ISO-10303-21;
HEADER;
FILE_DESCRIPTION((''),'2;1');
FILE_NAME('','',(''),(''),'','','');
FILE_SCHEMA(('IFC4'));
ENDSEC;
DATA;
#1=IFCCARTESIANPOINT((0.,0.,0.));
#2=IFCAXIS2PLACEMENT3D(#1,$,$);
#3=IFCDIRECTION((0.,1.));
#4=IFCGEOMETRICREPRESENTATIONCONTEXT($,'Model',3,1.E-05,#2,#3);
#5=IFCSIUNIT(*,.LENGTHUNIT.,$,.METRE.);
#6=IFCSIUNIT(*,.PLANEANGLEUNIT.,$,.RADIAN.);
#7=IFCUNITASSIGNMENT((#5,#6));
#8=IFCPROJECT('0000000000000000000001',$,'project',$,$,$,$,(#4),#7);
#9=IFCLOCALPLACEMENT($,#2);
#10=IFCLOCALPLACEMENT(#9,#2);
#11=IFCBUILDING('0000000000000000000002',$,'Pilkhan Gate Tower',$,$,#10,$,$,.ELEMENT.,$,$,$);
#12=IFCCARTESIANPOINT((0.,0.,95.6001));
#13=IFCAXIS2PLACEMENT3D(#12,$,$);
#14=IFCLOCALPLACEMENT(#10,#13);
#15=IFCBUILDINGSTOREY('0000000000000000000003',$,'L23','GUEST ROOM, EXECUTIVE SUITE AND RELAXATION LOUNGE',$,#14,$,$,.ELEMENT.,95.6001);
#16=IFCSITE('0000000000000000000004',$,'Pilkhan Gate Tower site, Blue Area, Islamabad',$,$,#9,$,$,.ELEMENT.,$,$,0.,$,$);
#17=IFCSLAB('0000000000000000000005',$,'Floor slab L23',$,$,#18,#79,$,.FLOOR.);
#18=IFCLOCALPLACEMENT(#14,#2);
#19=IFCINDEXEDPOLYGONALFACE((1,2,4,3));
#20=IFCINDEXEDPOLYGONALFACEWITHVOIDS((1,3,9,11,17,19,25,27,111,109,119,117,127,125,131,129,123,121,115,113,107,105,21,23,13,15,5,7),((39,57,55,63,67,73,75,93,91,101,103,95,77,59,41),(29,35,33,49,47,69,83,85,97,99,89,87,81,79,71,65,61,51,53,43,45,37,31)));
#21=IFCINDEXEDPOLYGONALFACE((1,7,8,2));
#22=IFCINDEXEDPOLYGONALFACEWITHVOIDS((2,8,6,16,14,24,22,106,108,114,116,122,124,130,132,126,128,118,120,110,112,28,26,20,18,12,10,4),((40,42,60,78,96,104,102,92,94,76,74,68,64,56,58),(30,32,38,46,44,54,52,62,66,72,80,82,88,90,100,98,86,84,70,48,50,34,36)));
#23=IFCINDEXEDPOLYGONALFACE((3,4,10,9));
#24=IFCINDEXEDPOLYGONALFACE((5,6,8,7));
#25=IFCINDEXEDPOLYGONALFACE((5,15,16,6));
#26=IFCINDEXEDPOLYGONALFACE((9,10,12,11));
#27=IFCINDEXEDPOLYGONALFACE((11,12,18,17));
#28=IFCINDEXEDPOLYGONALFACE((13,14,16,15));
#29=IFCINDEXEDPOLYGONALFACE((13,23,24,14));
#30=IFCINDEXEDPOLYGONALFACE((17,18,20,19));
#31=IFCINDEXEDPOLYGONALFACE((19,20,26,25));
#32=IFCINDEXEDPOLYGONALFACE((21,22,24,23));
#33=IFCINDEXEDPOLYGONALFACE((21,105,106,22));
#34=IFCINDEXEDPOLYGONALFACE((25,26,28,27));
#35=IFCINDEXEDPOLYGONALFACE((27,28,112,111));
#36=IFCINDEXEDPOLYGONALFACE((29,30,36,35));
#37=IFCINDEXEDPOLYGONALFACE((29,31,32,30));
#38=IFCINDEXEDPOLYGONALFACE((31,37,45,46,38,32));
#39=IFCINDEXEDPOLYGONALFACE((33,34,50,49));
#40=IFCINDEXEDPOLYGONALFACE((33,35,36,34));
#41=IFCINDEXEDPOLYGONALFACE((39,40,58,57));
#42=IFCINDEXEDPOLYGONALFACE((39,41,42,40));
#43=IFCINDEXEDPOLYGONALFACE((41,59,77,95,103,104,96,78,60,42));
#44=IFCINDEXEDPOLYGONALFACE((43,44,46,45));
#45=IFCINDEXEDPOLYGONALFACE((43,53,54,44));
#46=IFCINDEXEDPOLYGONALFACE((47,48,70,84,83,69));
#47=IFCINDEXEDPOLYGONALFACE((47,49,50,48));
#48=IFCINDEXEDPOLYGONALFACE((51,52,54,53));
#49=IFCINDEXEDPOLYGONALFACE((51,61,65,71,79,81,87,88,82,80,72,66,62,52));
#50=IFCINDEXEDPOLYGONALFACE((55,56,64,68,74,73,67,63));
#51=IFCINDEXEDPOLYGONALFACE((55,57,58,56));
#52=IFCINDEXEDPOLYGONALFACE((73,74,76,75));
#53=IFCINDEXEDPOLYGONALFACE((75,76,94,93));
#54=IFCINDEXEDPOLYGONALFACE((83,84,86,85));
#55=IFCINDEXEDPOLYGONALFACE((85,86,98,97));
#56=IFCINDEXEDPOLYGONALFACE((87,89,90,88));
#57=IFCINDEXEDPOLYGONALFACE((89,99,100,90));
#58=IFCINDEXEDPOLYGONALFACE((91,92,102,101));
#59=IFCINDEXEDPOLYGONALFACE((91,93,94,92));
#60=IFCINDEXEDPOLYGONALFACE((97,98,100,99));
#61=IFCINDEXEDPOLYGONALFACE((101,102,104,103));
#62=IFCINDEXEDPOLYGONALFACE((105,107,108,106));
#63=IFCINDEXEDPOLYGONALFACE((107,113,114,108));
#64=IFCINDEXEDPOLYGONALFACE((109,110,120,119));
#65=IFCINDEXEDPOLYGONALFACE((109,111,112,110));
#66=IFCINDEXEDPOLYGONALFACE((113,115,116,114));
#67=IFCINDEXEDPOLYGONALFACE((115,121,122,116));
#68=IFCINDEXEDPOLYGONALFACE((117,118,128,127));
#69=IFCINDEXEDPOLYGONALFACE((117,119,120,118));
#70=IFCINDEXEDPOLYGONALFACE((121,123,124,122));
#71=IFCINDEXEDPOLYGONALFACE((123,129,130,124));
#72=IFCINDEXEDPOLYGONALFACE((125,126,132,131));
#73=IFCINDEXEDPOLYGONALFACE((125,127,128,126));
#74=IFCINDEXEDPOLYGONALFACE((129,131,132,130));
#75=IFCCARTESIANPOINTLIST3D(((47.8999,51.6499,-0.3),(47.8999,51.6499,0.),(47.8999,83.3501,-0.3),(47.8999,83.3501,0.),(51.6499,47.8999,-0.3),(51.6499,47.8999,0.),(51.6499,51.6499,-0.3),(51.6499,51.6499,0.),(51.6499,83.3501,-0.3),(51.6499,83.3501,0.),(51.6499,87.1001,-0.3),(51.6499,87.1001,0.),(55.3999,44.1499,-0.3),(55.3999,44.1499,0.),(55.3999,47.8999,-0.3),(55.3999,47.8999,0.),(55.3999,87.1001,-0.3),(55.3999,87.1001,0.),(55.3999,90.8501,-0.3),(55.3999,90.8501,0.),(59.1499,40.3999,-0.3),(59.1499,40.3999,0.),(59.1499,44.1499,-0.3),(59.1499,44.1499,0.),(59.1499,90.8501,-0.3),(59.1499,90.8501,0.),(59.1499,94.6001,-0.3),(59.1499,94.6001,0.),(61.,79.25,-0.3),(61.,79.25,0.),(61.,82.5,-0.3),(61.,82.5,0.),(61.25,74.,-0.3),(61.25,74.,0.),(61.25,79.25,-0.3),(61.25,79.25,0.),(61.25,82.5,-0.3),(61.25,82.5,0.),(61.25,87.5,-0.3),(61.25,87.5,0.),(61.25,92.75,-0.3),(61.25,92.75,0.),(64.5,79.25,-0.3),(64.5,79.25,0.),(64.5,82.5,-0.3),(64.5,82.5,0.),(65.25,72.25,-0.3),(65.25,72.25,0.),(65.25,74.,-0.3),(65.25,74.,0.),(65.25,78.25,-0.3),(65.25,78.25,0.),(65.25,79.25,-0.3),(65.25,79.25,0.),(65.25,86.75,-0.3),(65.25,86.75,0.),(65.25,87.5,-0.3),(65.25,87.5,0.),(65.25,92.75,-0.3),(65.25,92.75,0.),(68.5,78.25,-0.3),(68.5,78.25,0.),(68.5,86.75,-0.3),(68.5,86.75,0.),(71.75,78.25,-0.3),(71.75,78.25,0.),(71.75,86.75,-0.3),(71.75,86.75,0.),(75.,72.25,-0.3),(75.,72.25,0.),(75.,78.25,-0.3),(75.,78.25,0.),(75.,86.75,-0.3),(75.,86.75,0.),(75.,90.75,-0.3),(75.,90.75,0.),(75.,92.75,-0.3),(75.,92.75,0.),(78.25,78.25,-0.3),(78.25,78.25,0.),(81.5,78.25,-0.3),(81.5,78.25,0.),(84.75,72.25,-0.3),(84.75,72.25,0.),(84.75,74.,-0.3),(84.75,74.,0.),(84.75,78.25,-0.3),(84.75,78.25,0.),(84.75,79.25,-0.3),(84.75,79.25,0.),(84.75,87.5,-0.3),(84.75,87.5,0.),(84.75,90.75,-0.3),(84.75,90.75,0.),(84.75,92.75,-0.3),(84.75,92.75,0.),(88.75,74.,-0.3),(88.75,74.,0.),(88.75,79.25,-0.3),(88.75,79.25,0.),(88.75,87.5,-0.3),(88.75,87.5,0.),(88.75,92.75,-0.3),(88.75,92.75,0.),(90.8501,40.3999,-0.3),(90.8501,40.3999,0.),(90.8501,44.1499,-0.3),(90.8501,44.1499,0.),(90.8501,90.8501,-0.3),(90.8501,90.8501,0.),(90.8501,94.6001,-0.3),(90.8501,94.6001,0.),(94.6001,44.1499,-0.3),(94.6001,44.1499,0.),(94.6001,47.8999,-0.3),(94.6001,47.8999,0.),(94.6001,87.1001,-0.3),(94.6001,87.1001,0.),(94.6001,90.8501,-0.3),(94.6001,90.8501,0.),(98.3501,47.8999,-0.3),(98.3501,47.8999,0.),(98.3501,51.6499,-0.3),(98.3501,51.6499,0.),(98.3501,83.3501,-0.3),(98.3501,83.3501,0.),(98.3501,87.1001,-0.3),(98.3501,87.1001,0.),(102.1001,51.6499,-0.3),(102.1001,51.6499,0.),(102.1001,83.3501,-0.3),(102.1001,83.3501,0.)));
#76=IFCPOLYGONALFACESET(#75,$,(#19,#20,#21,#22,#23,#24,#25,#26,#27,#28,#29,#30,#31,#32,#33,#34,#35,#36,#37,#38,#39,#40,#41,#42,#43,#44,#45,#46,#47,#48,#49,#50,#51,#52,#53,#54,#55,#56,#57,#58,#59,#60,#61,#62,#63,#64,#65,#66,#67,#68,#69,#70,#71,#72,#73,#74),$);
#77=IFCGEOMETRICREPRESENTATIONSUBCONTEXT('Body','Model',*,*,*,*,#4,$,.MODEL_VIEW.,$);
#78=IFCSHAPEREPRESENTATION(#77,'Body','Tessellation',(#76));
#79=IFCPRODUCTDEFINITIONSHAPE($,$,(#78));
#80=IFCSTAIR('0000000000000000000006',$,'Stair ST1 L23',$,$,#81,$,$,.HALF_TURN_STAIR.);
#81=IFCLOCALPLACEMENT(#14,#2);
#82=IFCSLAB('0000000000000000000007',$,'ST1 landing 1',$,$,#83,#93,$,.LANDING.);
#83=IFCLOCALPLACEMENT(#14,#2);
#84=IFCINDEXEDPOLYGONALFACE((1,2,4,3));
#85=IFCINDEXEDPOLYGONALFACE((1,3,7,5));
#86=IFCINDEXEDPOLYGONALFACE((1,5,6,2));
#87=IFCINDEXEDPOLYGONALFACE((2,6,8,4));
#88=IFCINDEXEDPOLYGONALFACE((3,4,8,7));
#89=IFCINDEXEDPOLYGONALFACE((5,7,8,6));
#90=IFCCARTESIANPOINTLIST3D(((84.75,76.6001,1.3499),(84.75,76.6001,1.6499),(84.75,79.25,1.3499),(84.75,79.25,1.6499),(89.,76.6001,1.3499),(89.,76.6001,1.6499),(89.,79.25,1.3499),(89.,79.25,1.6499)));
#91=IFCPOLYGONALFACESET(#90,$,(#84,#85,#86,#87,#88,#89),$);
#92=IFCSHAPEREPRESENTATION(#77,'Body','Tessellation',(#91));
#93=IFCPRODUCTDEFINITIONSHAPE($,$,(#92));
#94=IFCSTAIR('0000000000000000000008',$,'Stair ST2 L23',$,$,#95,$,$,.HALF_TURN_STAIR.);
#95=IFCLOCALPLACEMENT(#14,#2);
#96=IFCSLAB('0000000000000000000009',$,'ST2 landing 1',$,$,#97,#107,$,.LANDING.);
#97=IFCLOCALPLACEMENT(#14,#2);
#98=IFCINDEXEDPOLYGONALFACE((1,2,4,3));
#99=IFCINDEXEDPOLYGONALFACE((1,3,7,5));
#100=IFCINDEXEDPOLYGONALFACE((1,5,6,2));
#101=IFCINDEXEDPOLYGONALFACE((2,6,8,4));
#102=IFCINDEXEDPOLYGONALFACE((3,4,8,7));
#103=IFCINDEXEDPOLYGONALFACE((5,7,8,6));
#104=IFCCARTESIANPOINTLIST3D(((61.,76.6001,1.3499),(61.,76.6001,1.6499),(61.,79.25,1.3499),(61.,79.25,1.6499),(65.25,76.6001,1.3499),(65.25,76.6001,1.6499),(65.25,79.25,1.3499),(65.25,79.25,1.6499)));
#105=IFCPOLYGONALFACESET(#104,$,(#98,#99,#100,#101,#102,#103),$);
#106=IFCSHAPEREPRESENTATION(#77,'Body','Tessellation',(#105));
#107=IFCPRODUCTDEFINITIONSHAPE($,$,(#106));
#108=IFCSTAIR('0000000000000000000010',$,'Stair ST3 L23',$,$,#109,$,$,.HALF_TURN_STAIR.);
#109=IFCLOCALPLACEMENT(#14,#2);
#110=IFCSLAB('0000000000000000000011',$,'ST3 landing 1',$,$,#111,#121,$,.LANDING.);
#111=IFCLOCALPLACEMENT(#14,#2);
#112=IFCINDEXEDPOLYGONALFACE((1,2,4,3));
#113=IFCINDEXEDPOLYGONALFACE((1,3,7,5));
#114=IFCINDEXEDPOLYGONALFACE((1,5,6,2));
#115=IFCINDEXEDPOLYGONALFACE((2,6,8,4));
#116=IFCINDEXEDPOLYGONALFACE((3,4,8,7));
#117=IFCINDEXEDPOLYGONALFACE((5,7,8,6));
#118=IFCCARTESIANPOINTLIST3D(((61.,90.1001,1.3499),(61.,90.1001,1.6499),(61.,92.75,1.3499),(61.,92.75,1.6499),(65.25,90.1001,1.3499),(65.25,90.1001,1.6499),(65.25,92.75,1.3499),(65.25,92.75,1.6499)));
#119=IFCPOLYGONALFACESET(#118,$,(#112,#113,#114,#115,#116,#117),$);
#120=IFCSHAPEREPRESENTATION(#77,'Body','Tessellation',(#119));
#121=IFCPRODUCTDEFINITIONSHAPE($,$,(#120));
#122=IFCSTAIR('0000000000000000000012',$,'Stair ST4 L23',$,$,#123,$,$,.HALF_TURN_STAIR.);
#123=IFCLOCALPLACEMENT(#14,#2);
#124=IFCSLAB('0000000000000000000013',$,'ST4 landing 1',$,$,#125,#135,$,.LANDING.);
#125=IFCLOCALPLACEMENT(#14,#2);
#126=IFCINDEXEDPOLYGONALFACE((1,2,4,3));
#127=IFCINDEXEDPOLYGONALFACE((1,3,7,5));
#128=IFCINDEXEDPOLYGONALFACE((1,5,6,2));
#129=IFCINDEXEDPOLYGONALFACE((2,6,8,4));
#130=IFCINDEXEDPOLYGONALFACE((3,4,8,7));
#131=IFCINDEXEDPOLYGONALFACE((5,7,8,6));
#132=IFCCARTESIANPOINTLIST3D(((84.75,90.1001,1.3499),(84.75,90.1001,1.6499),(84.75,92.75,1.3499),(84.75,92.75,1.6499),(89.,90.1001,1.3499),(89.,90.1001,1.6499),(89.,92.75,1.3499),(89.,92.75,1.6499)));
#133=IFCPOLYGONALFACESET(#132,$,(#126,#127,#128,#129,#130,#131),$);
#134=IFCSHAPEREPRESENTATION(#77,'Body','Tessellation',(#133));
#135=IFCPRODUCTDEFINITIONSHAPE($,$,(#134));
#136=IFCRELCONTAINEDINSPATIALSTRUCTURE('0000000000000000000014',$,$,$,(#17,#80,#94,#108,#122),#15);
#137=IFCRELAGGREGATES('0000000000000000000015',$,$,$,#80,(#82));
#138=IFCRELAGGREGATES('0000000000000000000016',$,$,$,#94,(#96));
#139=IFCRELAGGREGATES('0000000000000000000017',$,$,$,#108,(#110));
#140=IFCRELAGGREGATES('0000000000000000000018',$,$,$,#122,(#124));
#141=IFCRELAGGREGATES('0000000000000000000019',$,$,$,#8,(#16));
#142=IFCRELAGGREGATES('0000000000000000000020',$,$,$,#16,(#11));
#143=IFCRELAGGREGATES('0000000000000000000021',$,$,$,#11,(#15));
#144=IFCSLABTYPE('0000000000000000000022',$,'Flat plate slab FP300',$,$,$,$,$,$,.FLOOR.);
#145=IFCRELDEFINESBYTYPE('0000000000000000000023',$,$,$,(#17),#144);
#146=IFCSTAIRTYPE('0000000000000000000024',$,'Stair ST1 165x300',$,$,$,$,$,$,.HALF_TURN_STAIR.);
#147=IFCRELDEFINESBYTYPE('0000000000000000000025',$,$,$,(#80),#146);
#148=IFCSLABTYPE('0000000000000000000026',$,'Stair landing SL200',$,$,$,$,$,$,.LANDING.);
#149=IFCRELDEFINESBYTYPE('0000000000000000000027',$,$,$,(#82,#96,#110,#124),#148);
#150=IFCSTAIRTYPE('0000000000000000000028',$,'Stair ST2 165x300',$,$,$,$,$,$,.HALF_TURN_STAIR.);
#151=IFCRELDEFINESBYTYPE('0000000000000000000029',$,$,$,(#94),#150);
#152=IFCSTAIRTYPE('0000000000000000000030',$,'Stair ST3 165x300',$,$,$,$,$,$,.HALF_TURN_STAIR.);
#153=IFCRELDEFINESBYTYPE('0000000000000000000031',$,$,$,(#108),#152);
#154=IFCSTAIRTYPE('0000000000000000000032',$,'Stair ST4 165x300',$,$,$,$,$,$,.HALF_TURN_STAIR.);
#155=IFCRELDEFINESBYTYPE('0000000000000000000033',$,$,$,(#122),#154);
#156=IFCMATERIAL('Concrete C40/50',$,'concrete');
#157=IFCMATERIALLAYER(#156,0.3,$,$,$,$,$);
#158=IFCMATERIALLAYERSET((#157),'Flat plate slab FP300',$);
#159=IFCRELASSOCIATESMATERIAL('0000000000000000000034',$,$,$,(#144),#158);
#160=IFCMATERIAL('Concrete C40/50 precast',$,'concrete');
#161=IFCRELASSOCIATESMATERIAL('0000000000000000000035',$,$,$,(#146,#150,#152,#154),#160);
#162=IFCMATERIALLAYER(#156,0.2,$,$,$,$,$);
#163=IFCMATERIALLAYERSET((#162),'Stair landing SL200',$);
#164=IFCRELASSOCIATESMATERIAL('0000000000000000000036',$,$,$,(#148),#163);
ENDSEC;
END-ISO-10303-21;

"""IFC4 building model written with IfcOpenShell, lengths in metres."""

from ifc_helpers import new_model, si_unit, direction, frame, origin, place, context, subcontext, project, spatial, polyline, outline, extrude, material, layer, layer_set, type_object, element, aggregate, save


model = new_model("IFC4")

# Units and contexts
model_context = context("Model", 3, precision=1e-05, world=origin(), true_north=direction((0.0, 1.0)))
body_context = subcontext(model_context, "Body", "Model", "MODEL_VIEW")
ifc_project = project(units=[si_unit("LENGTHUNIT", "METRE"), si_unit("PLANEANGLEUNIT", "RADIAN")], contexts=[model_context])

# Site, building, storey
site_placement = place(None, origin())
site = spatial("IfcSite", under=ifc_project, at=site_placement, Name="Pilkhan Gate Tower site, Blue Area, Islamabad", CompositionType="ELEMENT", RefElevation=0.0)
building_placement = place(site_placement, origin())
building = spatial("IfcBuilding", under=site, at=building_placement, Name="Pilkhan Gate Tower", CompositionType="ELEMENT")
storey_placement = place(building_placement, frame((0.0, 0.0, 95.6001)))
storey = spatial("IfcBuildingStorey", under=building, at=storey_placement, Name="L23", Description="GUEST ROOM, EXECUTIVE SUITE AND RELAXATION LOUNGE", CompositionType="ELEMENT", Elevation=95.6001)

# Slab
ifc_material_1 = material(Name="Concrete C40/50", Category="concrete")
ifc_layer_1 = layer(ifc_material_1, 0.3)
ifc_layer_set_1 = layer_set([ifc_layer_1], Name="Flat plate slab FP300")
slab_type_1 = type_object("IfcSlabType", Name="Flat plate slab FP300", PredefinedType="FLOOR", material=ifc_layer_set_1)
slab_1_placement = place(storey_placement, frame((0.0, 0.0, -0.3)))
element("IfcSlab", 1, at=slab_1_placement, inside=storey, type_object=slab_type_1, Name="Floor slab L23", PredefinedType="FLOOR", context=body_context, shape_type="SweptSolid", body=[
    extrude(outline(polyline([(98.3501, 47.8999), (94.6001, 47.8999), (94.6001, 44.1499), (90.8501, 44.1499), (90.8501, 40.3999), (59.1499, 40.3999), (59.1499, 44.1499), (55.3999, 44.1499), (55.3999, 47.8999), (51.6499, 47.8999), (51.6499, 51.6499), (47.8999, 51.6499), (47.8999, 83.3501), (51.6499, 83.3501), (51.6499, 87.1001), (55.3999, 87.1001), (55.3999, 90.8501), (59.1499, 90.8501), (59.1499, 94.6001), (90.8501, 94.6001), (90.8501, 90.8501), (94.6001, 90.8501), (94.6001, 87.1001), (98.3501, 87.1001), (98.3501, 83.3501), (102.1001, 83.3501), (102.1001, 51.6499), (98.3501, 51.6499), (98.3501, 47.8999)]), holes=[polyline([(65.25, 87.5), (65.25, 86.75), (68.5, 86.75), (71.75, 86.75), (75.0, 86.75), (75.0, 90.75), (84.75, 90.75), (84.75, 87.5), (88.75, 87.5), (88.75, 92.75), (84.75, 92.75), (75.0, 92.75), (65.25, 92.75), (61.25, 92.75), (61.25, 87.5), (65.25, 87.5)]), polyline([(75.0, 72.25), (84.75, 72.25), (84.75, 74.0), (88.75, 74.0), (88.75, 79.25), (84.75, 79.25), (84.75, 78.25), (81.5, 78.25), (78.25, 78.25), (75.0, 78.25), (71.75, 78.25), (68.5, 78.25), (65.25, 78.25), (65.25, 79.25), (64.5, 79.25), (64.5, 82.5), (61.25, 82.5), (61.0, 82.5), (61.0, 79.25), (61.25, 79.25), (61.25, 74.0), (65.25, 74.0), (65.25, 72.25), (75.0, 72.25)])]), origin(), (0.0, 0.0, 1.0), 0.3),
])

# Stairs, slabs
ifc_material_2 = material(Name="Concrete C40/50 precast", Category="concrete")
stair_type_1 = type_object("IfcStairType", Name="Stair ST1 165x300", PredefinedType="HALF_TURN_STAIR", material=ifc_material_2)
stair_1_placement = place(storey_placement, origin())
stair_1 = element("IfcStair", 2, at=stair_1_placement, inside=storey, type_object=stair_type_1, Name="Stair ST1 L23", PredefinedType="HALF_TURN_STAIR")
ifc_layer_2 = layer(ifc_material_1, 0.2)
ifc_layer_set_2 = layer_set([ifc_layer_2], Name="Stair landing SL200")
slab_type_2 = type_object("IfcSlabType", Name="Stair landing SL200", PredefinedType="LANDING", material=ifc_layer_set_2)
slab_2_placement = place(storey_placement, frame((0.0, 0.0, 1.3499)))
slab_2 = element("IfcSlab", 3, at=slab_2_placement, type_object=slab_type_2, Name="ST1 landing 1", PredefinedType="LANDING", context=body_context, shape_type="SweptSolid", body=[
    extrude(outline(polyline([(89.0, 76.6001), (89.0, 79.25), (84.75, 79.25), (84.75, 76.6001), (89.0, 76.6001)])), origin(), (0.0, 0.0, 1.0), 0.3),
])
aggregate(stair_1, [slab_2])
stair_type_2 = type_object("IfcStairType", Name="Stair ST2 165x300", PredefinedType="HALF_TURN_STAIR", material=ifc_material_2)
stair_2_placement = place(storey_placement, origin())
stair_2 = element("IfcStair", 4, at=stair_2_placement, inside=storey, type_object=stair_type_2, Name="Stair ST2 L23", PredefinedType="HALF_TURN_STAIR")
slab_3_placement = place(storey_placement, frame((0.0, 0.0, 1.3499)))
slab_3 = element("IfcSlab", 5, at=slab_3_placement, type_object=slab_type_2, Name="ST2 landing 1", PredefinedType="LANDING", context=body_context, shape_type="SweptSolid", body=[
    extrude(outline(polyline([(65.25, 76.6001), (65.25, 79.25), (61.0, 79.25), (61.0, 76.6001), (65.25, 76.6001)])), origin(), (0.0, 0.0, 1.0), 0.3),
])
aggregate(stair_2, [slab_3])
stair_type_3 = type_object("IfcStairType", Name="Stair ST3 165x300", PredefinedType="HALF_TURN_STAIR", material=ifc_material_2)
stair_3_placement = place(storey_placement, origin())
stair_3 = element("IfcStair", 6, at=stair_3_placement, inside=storey, type_object=stair_type_3, Name="Stair ST3 L23", PredefinedType="HALF_TURN_STAIR")
slab_4_placement = place(storey_placement, frame((0.0, 0.0, 1.3499)))
slab_4 = element("IfcSlab", 7, at=slab_4_placement, type_object=slab_type_2, Name="ST3 landing 1", PredefinedType="LANDING", context=body_context, shape_type="SweptSolid", body=[
    extrude(outline(polyline([(65.25, 90.1001), (65.25, 92.75), (61.0, 92.75), (61.0, 90.1001), (65.25, 90.1001)])), origin(), (0.0, 0.0, 1.0), 0.3),
])
aggregate(stair_3, [slab_4])
stair_type_4 = type_object("IfcStairType", Name="Stair ST4 165x300", PredefinedType="HALF_TURN_STAIR", material=ifc_material_2)
stair_4_placement = place(storey_placement, origin())
stair_4 = element("IfcStair", 8, at=stair_4_placement, inside=storey, type_object=stair_type_4, Name="Stair ST4 L23", PredefinedType="HALF_TURN_STAIR")
slab_5_placement = place(storey_placement, frame((0.0, 0.0, 1.3499)))
slab_5 = element("IfcSlab", 9, at=slab_5_placement, type_object=slab_type_2, Name="ST4 landing 1", PredefinedType="LANDING", context=body_context, shape_type="SweptSolid", body=[
    extrude(outline(polyline([(89.0, 90.1001), (89.0, 92.75), (84.75, 92.75), (84.75, 90.1001), (89.0, 90.1001)])), origin(), (0.0, 0.0, 1.0), 0.3),
])
aggregate(stair_4, [slab_5])

save(model, "model.ifc")
